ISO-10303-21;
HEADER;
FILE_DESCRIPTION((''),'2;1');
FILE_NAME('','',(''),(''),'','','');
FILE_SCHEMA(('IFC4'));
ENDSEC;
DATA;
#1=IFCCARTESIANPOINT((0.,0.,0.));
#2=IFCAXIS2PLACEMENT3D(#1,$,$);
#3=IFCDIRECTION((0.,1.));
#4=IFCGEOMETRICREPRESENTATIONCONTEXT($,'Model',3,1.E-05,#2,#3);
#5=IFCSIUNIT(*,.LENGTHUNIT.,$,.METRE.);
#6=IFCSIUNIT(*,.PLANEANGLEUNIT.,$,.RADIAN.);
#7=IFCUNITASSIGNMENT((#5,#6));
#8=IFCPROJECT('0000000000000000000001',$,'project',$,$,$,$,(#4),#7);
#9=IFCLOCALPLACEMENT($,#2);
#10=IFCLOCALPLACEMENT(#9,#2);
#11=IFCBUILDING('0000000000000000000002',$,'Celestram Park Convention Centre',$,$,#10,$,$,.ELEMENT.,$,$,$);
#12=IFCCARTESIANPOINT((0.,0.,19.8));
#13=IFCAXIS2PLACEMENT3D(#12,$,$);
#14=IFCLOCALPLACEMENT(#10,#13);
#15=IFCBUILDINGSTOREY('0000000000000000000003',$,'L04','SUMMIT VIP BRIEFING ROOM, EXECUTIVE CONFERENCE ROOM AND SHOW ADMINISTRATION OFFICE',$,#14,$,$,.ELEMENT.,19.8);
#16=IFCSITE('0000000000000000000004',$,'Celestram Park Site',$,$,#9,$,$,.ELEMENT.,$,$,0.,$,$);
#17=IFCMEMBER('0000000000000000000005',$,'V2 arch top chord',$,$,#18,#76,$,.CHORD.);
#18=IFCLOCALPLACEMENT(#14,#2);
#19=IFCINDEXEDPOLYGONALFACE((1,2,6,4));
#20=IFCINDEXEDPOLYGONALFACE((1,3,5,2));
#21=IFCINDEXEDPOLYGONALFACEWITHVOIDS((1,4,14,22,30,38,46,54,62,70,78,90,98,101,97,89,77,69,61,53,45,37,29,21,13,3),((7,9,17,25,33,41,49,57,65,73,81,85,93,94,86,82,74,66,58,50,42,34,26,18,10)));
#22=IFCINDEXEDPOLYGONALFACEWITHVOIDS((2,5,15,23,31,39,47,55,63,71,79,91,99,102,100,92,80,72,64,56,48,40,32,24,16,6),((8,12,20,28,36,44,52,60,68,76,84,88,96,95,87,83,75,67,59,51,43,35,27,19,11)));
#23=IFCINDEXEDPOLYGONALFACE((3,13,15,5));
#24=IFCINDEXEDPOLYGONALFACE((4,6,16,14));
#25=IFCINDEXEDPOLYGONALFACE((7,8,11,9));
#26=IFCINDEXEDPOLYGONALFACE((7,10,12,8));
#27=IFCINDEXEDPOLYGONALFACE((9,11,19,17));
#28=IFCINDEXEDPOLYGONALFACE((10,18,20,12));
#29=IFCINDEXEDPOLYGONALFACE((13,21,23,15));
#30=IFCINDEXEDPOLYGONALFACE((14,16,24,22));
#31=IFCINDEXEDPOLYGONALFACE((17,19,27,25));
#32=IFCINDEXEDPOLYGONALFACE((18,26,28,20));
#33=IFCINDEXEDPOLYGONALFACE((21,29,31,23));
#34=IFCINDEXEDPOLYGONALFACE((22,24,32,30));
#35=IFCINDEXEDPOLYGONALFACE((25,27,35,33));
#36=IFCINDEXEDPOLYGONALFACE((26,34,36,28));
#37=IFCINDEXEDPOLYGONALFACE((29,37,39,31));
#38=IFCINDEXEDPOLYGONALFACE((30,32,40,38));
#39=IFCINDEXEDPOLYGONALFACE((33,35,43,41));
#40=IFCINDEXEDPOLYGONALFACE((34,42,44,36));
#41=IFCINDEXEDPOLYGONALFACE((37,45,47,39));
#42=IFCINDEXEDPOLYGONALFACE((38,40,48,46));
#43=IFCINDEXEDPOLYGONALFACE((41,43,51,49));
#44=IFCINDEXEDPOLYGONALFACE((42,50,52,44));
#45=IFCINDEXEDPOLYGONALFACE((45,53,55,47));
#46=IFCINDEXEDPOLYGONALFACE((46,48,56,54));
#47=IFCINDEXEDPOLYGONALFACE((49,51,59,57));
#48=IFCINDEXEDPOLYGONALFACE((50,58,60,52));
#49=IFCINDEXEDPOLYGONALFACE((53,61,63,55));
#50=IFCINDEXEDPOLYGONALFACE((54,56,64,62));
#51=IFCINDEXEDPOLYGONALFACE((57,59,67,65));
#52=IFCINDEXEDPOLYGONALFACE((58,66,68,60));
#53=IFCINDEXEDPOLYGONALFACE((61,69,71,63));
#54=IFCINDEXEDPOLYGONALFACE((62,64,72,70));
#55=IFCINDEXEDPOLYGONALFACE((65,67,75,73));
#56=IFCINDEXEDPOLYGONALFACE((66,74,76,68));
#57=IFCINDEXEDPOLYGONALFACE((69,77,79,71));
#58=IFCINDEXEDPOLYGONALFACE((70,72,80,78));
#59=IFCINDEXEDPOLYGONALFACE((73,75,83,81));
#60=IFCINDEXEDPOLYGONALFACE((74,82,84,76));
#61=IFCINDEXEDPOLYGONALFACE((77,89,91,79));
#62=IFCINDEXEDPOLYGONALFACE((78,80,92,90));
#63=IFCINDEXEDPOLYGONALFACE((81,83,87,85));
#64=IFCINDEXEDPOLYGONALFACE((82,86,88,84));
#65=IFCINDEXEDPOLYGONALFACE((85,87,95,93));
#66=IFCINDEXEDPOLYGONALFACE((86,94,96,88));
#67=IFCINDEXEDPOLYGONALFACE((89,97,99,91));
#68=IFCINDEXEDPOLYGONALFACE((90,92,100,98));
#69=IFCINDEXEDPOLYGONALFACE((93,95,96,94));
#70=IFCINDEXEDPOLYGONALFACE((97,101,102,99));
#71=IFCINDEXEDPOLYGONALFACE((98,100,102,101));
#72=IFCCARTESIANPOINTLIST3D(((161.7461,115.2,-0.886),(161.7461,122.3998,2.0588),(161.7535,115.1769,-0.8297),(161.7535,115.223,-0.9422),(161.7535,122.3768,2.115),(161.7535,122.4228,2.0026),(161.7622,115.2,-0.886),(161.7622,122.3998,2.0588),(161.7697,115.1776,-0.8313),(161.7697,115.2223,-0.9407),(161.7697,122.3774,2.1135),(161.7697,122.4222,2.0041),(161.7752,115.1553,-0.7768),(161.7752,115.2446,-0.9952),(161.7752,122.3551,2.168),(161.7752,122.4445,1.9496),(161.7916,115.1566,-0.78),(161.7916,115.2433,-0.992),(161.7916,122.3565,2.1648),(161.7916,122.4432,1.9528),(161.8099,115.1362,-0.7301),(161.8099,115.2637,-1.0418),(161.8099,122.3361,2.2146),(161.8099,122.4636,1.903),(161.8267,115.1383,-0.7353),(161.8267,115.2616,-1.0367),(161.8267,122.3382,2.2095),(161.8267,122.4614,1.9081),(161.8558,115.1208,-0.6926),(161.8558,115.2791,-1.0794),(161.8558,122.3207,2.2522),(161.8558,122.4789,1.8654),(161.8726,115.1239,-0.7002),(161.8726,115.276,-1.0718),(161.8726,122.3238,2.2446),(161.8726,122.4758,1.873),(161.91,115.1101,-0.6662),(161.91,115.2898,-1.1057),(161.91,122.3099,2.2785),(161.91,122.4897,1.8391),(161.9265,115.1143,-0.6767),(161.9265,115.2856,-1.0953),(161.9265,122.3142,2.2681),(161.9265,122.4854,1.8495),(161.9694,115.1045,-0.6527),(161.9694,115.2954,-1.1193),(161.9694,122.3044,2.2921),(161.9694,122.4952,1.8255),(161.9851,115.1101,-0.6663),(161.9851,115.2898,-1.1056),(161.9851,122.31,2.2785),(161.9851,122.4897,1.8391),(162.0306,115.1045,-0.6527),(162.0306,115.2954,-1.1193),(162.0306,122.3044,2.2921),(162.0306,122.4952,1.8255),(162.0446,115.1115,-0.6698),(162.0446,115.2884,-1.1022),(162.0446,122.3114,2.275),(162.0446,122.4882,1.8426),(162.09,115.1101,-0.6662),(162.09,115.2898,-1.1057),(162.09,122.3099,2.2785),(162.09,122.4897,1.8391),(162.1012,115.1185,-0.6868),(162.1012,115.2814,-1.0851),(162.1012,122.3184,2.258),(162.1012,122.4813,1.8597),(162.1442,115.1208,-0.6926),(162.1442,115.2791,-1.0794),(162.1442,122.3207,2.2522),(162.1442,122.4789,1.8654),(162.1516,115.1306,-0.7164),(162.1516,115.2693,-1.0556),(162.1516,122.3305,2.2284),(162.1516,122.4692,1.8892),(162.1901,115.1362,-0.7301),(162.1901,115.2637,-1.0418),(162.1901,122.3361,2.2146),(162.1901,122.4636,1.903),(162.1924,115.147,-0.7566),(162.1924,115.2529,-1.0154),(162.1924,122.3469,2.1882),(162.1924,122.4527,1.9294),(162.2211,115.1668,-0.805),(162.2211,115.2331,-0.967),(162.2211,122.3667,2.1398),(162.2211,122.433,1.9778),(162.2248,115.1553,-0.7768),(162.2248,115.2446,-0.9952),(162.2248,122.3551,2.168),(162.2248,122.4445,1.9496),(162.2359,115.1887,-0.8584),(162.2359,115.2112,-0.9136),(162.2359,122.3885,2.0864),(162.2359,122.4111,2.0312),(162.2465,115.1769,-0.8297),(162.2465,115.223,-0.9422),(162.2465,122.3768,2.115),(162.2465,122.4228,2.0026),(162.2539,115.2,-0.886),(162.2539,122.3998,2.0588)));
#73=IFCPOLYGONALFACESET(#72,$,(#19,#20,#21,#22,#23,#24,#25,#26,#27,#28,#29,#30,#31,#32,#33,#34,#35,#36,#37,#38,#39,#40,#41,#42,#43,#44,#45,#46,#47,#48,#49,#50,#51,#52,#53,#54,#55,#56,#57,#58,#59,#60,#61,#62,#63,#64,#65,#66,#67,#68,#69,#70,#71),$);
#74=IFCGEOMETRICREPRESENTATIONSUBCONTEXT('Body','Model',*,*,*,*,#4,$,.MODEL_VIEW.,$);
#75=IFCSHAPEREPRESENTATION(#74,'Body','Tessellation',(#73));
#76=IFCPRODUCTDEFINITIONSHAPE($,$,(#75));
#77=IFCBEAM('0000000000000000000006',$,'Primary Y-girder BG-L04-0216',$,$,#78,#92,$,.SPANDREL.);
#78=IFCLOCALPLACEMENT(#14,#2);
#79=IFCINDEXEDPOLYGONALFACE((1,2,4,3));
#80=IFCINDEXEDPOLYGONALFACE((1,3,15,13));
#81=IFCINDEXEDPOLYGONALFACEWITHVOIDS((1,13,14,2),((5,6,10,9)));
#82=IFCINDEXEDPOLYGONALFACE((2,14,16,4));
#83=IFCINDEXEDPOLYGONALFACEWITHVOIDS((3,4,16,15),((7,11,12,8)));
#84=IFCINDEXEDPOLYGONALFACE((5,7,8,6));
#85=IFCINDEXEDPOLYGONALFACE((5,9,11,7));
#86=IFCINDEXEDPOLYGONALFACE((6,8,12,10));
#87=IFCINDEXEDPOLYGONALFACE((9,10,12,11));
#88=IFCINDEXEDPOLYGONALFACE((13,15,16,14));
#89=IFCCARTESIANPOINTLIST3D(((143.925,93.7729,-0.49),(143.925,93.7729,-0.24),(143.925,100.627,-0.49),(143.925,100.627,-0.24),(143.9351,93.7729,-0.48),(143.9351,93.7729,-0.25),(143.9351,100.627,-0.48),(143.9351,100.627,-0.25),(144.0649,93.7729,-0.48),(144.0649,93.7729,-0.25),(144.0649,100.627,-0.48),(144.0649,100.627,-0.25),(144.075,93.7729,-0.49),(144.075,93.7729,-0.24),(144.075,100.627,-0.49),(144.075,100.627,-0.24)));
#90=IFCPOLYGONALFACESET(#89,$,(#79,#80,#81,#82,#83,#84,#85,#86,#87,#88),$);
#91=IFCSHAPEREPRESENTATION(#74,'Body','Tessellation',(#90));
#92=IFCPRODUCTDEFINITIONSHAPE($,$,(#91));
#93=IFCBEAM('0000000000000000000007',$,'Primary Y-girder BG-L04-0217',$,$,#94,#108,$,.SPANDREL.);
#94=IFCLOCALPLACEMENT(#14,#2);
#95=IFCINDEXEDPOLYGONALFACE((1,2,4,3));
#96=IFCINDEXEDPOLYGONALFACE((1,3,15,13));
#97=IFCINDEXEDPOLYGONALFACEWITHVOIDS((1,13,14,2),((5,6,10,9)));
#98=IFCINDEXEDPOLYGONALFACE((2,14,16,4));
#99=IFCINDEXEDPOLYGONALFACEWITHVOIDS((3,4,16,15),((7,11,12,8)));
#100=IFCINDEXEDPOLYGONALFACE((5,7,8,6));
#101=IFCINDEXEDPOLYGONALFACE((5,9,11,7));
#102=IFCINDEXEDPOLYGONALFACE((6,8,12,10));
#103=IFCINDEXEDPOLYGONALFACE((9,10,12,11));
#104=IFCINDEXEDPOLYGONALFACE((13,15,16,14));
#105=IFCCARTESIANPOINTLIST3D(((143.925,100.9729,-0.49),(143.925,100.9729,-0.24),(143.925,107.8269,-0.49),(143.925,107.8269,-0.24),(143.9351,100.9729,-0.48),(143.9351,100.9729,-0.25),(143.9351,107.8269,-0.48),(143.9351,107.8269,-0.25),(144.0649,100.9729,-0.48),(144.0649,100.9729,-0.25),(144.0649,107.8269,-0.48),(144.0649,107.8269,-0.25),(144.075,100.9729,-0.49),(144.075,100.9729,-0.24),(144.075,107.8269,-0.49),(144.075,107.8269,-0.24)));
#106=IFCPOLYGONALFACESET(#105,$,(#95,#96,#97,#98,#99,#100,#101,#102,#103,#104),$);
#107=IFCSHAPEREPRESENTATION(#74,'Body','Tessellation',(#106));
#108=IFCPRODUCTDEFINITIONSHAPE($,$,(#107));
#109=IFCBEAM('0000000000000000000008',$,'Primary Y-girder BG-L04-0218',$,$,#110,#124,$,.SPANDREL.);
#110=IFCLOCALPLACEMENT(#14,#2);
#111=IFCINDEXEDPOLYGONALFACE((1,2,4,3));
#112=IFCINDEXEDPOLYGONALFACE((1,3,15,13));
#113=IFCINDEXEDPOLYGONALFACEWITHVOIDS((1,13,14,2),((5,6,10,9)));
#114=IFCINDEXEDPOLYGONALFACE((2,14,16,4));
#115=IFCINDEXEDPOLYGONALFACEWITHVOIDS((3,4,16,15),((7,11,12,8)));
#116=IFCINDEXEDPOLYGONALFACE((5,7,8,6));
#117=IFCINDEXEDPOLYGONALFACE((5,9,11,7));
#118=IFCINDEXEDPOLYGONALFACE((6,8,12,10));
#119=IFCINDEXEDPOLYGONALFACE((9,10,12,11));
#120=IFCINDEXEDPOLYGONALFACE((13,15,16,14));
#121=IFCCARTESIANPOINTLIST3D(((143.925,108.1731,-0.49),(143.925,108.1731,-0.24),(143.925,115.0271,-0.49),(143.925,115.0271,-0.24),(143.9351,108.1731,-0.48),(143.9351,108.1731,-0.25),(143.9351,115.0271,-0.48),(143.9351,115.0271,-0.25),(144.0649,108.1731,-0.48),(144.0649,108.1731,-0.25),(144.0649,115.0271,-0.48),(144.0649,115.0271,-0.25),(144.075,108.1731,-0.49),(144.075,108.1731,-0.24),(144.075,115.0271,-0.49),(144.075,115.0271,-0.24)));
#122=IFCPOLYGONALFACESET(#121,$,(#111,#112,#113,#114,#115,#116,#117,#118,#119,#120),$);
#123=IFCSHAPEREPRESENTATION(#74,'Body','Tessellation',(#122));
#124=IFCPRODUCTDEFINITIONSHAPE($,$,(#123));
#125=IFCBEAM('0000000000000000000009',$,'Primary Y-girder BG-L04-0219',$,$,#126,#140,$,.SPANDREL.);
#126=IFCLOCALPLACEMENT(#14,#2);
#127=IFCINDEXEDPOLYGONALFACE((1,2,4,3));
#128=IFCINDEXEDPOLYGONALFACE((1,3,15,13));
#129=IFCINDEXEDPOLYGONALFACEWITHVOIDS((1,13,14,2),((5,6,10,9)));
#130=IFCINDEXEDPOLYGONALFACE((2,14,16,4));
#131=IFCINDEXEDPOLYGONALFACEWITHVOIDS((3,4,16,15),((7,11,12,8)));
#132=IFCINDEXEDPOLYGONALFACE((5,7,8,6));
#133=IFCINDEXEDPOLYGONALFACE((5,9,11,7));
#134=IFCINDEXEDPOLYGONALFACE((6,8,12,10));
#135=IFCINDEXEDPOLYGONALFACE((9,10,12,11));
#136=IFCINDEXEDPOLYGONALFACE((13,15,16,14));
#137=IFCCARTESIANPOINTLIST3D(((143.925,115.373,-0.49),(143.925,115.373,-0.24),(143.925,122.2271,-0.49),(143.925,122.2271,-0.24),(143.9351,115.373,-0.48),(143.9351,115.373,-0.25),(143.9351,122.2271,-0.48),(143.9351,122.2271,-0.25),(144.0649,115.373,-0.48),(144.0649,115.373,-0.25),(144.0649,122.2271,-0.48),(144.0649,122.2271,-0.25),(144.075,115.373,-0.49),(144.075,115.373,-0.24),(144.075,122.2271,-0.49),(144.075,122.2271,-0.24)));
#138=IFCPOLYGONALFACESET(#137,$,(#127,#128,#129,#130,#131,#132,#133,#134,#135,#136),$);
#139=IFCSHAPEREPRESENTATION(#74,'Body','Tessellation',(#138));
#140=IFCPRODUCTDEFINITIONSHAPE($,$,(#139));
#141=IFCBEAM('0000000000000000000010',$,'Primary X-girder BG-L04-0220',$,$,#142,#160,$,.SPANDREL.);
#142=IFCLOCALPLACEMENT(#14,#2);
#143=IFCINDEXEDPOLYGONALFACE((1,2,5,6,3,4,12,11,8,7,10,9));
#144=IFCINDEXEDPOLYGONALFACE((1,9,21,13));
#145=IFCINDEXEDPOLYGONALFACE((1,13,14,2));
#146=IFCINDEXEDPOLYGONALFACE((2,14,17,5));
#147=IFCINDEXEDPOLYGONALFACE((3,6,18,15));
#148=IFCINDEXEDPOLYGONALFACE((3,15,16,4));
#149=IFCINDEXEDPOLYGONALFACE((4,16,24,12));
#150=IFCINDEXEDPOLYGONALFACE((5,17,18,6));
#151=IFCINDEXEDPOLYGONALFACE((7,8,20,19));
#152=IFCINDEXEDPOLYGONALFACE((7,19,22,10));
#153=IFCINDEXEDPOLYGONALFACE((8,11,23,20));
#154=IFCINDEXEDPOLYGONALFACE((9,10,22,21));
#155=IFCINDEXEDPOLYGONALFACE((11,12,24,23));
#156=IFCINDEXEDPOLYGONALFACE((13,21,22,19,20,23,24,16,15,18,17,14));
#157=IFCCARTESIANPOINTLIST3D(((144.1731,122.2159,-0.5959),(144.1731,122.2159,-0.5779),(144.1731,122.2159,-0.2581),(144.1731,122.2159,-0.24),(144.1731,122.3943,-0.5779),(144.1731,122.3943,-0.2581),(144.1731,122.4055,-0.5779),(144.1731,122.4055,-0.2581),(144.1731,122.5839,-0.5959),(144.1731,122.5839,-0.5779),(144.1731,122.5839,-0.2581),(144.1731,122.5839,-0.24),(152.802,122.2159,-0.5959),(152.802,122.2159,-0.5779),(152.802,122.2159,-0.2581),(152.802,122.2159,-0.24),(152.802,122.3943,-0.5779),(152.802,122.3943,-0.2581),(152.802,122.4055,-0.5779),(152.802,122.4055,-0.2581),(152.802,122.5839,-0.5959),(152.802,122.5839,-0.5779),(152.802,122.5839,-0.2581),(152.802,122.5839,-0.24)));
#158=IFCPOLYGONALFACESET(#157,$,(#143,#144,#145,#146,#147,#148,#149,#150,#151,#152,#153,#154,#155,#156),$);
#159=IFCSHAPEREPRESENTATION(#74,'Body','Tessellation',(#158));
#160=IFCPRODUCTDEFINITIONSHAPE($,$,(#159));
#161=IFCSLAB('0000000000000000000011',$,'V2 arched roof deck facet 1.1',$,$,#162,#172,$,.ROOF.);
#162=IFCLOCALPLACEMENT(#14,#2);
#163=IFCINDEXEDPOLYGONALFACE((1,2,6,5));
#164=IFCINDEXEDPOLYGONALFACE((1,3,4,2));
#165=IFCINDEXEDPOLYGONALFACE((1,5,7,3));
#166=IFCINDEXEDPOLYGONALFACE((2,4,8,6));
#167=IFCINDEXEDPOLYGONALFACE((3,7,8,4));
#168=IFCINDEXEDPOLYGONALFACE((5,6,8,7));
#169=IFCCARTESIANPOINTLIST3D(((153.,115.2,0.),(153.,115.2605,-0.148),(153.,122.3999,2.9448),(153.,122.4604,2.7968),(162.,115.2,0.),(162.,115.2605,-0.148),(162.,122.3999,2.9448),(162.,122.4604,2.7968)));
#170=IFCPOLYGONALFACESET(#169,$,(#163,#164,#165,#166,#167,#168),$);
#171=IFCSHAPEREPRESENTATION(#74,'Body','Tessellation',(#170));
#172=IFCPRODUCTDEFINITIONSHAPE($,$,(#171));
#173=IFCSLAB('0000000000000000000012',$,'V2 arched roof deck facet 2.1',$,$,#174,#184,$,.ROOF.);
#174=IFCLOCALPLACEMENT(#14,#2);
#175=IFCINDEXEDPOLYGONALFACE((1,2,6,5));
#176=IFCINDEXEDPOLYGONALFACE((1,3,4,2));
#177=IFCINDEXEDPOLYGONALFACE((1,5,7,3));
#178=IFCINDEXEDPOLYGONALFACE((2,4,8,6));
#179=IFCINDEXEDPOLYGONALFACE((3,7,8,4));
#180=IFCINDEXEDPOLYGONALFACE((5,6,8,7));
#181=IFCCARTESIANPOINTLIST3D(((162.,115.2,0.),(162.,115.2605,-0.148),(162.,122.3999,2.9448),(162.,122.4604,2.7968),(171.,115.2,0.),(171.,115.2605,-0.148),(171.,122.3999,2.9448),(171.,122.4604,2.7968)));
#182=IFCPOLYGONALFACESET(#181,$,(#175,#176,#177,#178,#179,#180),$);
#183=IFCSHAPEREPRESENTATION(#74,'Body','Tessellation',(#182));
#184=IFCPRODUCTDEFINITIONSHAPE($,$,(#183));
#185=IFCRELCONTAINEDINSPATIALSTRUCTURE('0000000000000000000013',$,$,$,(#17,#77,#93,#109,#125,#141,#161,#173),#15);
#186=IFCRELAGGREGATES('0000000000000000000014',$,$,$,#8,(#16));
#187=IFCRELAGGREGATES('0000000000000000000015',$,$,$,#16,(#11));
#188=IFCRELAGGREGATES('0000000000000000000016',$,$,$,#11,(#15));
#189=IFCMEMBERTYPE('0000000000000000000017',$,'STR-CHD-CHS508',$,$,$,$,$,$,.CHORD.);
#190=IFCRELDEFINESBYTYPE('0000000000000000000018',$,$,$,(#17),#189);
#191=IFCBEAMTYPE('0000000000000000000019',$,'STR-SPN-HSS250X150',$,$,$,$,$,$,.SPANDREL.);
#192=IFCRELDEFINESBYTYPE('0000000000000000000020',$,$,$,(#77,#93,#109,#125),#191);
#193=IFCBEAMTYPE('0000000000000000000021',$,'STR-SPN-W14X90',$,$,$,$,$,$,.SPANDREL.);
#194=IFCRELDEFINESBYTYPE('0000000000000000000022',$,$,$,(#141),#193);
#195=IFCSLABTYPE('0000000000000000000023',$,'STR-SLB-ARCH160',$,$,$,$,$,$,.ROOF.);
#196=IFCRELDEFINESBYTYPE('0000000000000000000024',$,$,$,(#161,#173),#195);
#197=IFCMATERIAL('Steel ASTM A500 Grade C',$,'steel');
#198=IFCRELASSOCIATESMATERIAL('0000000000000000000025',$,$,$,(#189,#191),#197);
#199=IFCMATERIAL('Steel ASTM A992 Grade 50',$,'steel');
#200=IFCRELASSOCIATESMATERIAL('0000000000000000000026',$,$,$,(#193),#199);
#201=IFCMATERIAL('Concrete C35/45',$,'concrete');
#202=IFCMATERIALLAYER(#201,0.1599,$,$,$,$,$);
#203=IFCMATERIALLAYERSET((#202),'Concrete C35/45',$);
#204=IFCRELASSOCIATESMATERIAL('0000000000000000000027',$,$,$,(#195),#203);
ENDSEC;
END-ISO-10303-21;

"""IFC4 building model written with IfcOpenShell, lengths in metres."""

from ifc_helpers import new_model, si_unit, direction, frame, origin, origin_2d, place, context, subcontext, project, spatial, polyline, hollow_rectangle, hollow_circle, i_section, outline, extrude, material, layer, layer_set, material_profile, profile_set, type_object, element, save


model = new_model("IFC4")

# Units and contexts
model_context = context("Model", 3, precision=1e-05, world=origin(), true_north=direction((0.0, 1.0)))
body_context = subcontext(model_context, "Body", "Model", "MODEL_VIEW")
ifc_project = project(units=[si_unit("LENGTHUNIT", "METRE"), si_unit("PLANEANGLEUNIT", "RADIAN")], contexts=[model_context])

# Site, building, storey
site_placement = place(None, origin())
site = spatial("IfcSite", under=ifc_project, at=site_placement, Name="Celestram Park Site", CompositionType="ELEMENT", RefElevation=0.0)
building_placement = place(site_placement, origin())
building = spatial("IfcBuilding", under=site, at=building_placement, Name="Celestram Park Convention Centre", CompositionType="ELEMENT")
storey_placement = place(building_placement, frame((0.0, 0.0, 19.8)))
storey = spatial("IfcBuildingStorey", under=building, at=storey_placement, Name="L04", Description="SUMMIT VIP BRIEFING ROOM, EXECUTIVE CONFERENCE ROOM AND SHOW ADMINISTRATION OFFICE", CompositionType="ELEMENT", Elevation=19.8)

# Shared definitions
ifc_material_1 = material(Name="Steel ASTM A992 Grade 50", Category="steel")

# Member
ifc_material_2 = material(Name="Steel ASTM A500 Grade C", Category="steel")
ifc_material_profile_1 = material_profile(ifc_material_2, hollow_circle(Radius=0.2539, WallThickness=0.0161, at=origin_2d()), Name="CHS508X16")
ifc_profile_set_1 = profile_set([ifc_material_profile_1], Name="Steel ASTM A500 Grade C")
member_type = type_object("IfcMemberType", Name="STR-CHD-CHS508", PredefinedType="CHORD", material=ifc_profile_set_1)
member_1_placement = place(storey_placement, frame((162.0, 115.2, -0.886), z_axis=(0.0, 0.925574, 0.378566), x_axis=(-1.0, 0.0, 0.0)))
element("IfcMember", 1, at=member_1_placement, inside=storey, type_object=member_type, Name="V2 arch top chord", PredefinedType="CHORD", context=body_context, shape_type="SweptSolid", body=[
    extrude(hollow_circle(Radius=0.2539, WallThickness=0.0161, at=origin_2d()), origin(), (0.0, 0.0, 1.0), 7.7788),
])

# Beams
ifc_material_profile_2 = material_profile(ifc_material_2, hollow_rectangle(XDim=0.1499, YDim=0.25, WallThickness=0.01, at=origin_2d()), Name="HSS250X150X10")
ifc_profile_set_2 = profile_set([ifc_material_profile_2], Name="Steel ASTM A500 Grade C")
beam_type_1 = type_object("IfcBeamType", Name="STR-SPN-HSS250X150", PredefinedType="SPANDREL", material=ifc_profile_set_2)
for number, where, z_axis, x_axis, name in (
    (2, (144.0, 93.7729, -0.365), (0.0, 1.0, 0.0), (-1.0, 0.0, 0.0), "Primary Y-girder BG-L04-0216"),
    (3, (144.0, 100.9729, -0.365), (0.0, 1.0, 0.0), (-1.0, 0.0, 0.0), "Primary Y-girder BG-L04-0217"),
    (4, (144.0, 108.1731, -0.365), (0.0, 1.0, 0.0), (-1.0, 0.0, 0.0), "Primary Y-girder BG-L04-0218"),
    (5, (144.0, 115.373, -0.365), (0.0, 1.0, 0.0), (-1.0, 0.0, 0.0), "Primary Y-girder BG-L04-0219"),
):
    element("IfcBeam", number, at=place(storey_placement, frame(where, z_axis=z_axis, x_axis=x_axis)), inside=storey, type_object=beam_type_1, Name=name, PredefinedType="SPANDREL", context=body_context, shape_type="SweptSolid", body=[
        extrude(hollow_rectangle(XDim=0.1499, YDim=0.25, WallThickness=0.01, at=origin_2d()), origin(), (0.0, 0.0, 1.0), 6.854),
    ])
ifc_material_profile_3 = material_profile(ifc_material_1, i_section(OverallWidth=0.3679, OverallDepth=0.356, WebThickness=0.0112, FlangeThickness=0.0181, at=origin_2d()), Name="W14X90")
ifc_profile_set_3 = profile_set([ifc_material_profile_3], Name="Steel ASTM A992 Grade 50")
beam_type_2 = type_object("IfcBeamType", Name="STR-SPN-W14X90", PredefinedType="SPANDREL", material=ifc_profile_set_3)
beam_1_placement = place(storey_placement, frame((144.1731, 122.3999, -0.418), z_axis=(1.0, 0.0, 0.0), x_axis=(0.0, 1.0, 0.0)))
element("IfcBeam", 6, at=beam_1_placement, inside=storey, type_object=beam_type_2, Name="Primary X-girder BG-L04-0220", PredefinedType="SPANDREL", context=body_context, shape_type="SweptSolid", body=[
    extrude(i_section(OverallWidth=0.3679, OverallDepth=0.356, WebThickness=0.0112, FlangeThickness=0.0181, at=origin_2d()), origin(), (0.0, 0.0, 1.0), 8.6289),
])

# Slabs
ifc_material_3 = material(Name="Concrete C35/45", Category="concrete")
ifc_layer = layer(ifc_material_3, 0.1599)
ifc_layer_set = layer_set([ifc_layer], Name="Concrete C35/45")
slab_type = type_object("IfcSlabType", Name="STR-SLB-ARCH160", PredefinedType="ROOF", material=ifc_layer_set)
for number, where, z_axis, x_axis, name in (
    (7, (153.0, 115.2, 0.0), (0.0, -0.378566, 0.925574), (1.0, 0.0, 0.0), "V2 arched roof deck facet 1.1"),
    (8, (162.0, 115.2, 0.0), (0.0, -0.378566, 0.925574), (1.0, 0.0, 0.0), "V2 arched roof deck facet 2.1"),
):
    element("IfcSlab", number, at=place(storey_placement, frame(where, z_axis=z_axis, x_axis=x_axis)), inside=storey, type_object=slab_type, Name=name, PredefinedType="ROOF", context=body_context, shape_type="SweptSolid", body=[
        extrude(outline(polyline([(0.0, 0.0), (9.0, 0.0), (9.0, 7.7789), (0.0, 7.7789), (0.0, 0.0)])), origin(), (0.0, 0.0, -1.0), 0.1599),
    ])

save(model, "model.ifc")
